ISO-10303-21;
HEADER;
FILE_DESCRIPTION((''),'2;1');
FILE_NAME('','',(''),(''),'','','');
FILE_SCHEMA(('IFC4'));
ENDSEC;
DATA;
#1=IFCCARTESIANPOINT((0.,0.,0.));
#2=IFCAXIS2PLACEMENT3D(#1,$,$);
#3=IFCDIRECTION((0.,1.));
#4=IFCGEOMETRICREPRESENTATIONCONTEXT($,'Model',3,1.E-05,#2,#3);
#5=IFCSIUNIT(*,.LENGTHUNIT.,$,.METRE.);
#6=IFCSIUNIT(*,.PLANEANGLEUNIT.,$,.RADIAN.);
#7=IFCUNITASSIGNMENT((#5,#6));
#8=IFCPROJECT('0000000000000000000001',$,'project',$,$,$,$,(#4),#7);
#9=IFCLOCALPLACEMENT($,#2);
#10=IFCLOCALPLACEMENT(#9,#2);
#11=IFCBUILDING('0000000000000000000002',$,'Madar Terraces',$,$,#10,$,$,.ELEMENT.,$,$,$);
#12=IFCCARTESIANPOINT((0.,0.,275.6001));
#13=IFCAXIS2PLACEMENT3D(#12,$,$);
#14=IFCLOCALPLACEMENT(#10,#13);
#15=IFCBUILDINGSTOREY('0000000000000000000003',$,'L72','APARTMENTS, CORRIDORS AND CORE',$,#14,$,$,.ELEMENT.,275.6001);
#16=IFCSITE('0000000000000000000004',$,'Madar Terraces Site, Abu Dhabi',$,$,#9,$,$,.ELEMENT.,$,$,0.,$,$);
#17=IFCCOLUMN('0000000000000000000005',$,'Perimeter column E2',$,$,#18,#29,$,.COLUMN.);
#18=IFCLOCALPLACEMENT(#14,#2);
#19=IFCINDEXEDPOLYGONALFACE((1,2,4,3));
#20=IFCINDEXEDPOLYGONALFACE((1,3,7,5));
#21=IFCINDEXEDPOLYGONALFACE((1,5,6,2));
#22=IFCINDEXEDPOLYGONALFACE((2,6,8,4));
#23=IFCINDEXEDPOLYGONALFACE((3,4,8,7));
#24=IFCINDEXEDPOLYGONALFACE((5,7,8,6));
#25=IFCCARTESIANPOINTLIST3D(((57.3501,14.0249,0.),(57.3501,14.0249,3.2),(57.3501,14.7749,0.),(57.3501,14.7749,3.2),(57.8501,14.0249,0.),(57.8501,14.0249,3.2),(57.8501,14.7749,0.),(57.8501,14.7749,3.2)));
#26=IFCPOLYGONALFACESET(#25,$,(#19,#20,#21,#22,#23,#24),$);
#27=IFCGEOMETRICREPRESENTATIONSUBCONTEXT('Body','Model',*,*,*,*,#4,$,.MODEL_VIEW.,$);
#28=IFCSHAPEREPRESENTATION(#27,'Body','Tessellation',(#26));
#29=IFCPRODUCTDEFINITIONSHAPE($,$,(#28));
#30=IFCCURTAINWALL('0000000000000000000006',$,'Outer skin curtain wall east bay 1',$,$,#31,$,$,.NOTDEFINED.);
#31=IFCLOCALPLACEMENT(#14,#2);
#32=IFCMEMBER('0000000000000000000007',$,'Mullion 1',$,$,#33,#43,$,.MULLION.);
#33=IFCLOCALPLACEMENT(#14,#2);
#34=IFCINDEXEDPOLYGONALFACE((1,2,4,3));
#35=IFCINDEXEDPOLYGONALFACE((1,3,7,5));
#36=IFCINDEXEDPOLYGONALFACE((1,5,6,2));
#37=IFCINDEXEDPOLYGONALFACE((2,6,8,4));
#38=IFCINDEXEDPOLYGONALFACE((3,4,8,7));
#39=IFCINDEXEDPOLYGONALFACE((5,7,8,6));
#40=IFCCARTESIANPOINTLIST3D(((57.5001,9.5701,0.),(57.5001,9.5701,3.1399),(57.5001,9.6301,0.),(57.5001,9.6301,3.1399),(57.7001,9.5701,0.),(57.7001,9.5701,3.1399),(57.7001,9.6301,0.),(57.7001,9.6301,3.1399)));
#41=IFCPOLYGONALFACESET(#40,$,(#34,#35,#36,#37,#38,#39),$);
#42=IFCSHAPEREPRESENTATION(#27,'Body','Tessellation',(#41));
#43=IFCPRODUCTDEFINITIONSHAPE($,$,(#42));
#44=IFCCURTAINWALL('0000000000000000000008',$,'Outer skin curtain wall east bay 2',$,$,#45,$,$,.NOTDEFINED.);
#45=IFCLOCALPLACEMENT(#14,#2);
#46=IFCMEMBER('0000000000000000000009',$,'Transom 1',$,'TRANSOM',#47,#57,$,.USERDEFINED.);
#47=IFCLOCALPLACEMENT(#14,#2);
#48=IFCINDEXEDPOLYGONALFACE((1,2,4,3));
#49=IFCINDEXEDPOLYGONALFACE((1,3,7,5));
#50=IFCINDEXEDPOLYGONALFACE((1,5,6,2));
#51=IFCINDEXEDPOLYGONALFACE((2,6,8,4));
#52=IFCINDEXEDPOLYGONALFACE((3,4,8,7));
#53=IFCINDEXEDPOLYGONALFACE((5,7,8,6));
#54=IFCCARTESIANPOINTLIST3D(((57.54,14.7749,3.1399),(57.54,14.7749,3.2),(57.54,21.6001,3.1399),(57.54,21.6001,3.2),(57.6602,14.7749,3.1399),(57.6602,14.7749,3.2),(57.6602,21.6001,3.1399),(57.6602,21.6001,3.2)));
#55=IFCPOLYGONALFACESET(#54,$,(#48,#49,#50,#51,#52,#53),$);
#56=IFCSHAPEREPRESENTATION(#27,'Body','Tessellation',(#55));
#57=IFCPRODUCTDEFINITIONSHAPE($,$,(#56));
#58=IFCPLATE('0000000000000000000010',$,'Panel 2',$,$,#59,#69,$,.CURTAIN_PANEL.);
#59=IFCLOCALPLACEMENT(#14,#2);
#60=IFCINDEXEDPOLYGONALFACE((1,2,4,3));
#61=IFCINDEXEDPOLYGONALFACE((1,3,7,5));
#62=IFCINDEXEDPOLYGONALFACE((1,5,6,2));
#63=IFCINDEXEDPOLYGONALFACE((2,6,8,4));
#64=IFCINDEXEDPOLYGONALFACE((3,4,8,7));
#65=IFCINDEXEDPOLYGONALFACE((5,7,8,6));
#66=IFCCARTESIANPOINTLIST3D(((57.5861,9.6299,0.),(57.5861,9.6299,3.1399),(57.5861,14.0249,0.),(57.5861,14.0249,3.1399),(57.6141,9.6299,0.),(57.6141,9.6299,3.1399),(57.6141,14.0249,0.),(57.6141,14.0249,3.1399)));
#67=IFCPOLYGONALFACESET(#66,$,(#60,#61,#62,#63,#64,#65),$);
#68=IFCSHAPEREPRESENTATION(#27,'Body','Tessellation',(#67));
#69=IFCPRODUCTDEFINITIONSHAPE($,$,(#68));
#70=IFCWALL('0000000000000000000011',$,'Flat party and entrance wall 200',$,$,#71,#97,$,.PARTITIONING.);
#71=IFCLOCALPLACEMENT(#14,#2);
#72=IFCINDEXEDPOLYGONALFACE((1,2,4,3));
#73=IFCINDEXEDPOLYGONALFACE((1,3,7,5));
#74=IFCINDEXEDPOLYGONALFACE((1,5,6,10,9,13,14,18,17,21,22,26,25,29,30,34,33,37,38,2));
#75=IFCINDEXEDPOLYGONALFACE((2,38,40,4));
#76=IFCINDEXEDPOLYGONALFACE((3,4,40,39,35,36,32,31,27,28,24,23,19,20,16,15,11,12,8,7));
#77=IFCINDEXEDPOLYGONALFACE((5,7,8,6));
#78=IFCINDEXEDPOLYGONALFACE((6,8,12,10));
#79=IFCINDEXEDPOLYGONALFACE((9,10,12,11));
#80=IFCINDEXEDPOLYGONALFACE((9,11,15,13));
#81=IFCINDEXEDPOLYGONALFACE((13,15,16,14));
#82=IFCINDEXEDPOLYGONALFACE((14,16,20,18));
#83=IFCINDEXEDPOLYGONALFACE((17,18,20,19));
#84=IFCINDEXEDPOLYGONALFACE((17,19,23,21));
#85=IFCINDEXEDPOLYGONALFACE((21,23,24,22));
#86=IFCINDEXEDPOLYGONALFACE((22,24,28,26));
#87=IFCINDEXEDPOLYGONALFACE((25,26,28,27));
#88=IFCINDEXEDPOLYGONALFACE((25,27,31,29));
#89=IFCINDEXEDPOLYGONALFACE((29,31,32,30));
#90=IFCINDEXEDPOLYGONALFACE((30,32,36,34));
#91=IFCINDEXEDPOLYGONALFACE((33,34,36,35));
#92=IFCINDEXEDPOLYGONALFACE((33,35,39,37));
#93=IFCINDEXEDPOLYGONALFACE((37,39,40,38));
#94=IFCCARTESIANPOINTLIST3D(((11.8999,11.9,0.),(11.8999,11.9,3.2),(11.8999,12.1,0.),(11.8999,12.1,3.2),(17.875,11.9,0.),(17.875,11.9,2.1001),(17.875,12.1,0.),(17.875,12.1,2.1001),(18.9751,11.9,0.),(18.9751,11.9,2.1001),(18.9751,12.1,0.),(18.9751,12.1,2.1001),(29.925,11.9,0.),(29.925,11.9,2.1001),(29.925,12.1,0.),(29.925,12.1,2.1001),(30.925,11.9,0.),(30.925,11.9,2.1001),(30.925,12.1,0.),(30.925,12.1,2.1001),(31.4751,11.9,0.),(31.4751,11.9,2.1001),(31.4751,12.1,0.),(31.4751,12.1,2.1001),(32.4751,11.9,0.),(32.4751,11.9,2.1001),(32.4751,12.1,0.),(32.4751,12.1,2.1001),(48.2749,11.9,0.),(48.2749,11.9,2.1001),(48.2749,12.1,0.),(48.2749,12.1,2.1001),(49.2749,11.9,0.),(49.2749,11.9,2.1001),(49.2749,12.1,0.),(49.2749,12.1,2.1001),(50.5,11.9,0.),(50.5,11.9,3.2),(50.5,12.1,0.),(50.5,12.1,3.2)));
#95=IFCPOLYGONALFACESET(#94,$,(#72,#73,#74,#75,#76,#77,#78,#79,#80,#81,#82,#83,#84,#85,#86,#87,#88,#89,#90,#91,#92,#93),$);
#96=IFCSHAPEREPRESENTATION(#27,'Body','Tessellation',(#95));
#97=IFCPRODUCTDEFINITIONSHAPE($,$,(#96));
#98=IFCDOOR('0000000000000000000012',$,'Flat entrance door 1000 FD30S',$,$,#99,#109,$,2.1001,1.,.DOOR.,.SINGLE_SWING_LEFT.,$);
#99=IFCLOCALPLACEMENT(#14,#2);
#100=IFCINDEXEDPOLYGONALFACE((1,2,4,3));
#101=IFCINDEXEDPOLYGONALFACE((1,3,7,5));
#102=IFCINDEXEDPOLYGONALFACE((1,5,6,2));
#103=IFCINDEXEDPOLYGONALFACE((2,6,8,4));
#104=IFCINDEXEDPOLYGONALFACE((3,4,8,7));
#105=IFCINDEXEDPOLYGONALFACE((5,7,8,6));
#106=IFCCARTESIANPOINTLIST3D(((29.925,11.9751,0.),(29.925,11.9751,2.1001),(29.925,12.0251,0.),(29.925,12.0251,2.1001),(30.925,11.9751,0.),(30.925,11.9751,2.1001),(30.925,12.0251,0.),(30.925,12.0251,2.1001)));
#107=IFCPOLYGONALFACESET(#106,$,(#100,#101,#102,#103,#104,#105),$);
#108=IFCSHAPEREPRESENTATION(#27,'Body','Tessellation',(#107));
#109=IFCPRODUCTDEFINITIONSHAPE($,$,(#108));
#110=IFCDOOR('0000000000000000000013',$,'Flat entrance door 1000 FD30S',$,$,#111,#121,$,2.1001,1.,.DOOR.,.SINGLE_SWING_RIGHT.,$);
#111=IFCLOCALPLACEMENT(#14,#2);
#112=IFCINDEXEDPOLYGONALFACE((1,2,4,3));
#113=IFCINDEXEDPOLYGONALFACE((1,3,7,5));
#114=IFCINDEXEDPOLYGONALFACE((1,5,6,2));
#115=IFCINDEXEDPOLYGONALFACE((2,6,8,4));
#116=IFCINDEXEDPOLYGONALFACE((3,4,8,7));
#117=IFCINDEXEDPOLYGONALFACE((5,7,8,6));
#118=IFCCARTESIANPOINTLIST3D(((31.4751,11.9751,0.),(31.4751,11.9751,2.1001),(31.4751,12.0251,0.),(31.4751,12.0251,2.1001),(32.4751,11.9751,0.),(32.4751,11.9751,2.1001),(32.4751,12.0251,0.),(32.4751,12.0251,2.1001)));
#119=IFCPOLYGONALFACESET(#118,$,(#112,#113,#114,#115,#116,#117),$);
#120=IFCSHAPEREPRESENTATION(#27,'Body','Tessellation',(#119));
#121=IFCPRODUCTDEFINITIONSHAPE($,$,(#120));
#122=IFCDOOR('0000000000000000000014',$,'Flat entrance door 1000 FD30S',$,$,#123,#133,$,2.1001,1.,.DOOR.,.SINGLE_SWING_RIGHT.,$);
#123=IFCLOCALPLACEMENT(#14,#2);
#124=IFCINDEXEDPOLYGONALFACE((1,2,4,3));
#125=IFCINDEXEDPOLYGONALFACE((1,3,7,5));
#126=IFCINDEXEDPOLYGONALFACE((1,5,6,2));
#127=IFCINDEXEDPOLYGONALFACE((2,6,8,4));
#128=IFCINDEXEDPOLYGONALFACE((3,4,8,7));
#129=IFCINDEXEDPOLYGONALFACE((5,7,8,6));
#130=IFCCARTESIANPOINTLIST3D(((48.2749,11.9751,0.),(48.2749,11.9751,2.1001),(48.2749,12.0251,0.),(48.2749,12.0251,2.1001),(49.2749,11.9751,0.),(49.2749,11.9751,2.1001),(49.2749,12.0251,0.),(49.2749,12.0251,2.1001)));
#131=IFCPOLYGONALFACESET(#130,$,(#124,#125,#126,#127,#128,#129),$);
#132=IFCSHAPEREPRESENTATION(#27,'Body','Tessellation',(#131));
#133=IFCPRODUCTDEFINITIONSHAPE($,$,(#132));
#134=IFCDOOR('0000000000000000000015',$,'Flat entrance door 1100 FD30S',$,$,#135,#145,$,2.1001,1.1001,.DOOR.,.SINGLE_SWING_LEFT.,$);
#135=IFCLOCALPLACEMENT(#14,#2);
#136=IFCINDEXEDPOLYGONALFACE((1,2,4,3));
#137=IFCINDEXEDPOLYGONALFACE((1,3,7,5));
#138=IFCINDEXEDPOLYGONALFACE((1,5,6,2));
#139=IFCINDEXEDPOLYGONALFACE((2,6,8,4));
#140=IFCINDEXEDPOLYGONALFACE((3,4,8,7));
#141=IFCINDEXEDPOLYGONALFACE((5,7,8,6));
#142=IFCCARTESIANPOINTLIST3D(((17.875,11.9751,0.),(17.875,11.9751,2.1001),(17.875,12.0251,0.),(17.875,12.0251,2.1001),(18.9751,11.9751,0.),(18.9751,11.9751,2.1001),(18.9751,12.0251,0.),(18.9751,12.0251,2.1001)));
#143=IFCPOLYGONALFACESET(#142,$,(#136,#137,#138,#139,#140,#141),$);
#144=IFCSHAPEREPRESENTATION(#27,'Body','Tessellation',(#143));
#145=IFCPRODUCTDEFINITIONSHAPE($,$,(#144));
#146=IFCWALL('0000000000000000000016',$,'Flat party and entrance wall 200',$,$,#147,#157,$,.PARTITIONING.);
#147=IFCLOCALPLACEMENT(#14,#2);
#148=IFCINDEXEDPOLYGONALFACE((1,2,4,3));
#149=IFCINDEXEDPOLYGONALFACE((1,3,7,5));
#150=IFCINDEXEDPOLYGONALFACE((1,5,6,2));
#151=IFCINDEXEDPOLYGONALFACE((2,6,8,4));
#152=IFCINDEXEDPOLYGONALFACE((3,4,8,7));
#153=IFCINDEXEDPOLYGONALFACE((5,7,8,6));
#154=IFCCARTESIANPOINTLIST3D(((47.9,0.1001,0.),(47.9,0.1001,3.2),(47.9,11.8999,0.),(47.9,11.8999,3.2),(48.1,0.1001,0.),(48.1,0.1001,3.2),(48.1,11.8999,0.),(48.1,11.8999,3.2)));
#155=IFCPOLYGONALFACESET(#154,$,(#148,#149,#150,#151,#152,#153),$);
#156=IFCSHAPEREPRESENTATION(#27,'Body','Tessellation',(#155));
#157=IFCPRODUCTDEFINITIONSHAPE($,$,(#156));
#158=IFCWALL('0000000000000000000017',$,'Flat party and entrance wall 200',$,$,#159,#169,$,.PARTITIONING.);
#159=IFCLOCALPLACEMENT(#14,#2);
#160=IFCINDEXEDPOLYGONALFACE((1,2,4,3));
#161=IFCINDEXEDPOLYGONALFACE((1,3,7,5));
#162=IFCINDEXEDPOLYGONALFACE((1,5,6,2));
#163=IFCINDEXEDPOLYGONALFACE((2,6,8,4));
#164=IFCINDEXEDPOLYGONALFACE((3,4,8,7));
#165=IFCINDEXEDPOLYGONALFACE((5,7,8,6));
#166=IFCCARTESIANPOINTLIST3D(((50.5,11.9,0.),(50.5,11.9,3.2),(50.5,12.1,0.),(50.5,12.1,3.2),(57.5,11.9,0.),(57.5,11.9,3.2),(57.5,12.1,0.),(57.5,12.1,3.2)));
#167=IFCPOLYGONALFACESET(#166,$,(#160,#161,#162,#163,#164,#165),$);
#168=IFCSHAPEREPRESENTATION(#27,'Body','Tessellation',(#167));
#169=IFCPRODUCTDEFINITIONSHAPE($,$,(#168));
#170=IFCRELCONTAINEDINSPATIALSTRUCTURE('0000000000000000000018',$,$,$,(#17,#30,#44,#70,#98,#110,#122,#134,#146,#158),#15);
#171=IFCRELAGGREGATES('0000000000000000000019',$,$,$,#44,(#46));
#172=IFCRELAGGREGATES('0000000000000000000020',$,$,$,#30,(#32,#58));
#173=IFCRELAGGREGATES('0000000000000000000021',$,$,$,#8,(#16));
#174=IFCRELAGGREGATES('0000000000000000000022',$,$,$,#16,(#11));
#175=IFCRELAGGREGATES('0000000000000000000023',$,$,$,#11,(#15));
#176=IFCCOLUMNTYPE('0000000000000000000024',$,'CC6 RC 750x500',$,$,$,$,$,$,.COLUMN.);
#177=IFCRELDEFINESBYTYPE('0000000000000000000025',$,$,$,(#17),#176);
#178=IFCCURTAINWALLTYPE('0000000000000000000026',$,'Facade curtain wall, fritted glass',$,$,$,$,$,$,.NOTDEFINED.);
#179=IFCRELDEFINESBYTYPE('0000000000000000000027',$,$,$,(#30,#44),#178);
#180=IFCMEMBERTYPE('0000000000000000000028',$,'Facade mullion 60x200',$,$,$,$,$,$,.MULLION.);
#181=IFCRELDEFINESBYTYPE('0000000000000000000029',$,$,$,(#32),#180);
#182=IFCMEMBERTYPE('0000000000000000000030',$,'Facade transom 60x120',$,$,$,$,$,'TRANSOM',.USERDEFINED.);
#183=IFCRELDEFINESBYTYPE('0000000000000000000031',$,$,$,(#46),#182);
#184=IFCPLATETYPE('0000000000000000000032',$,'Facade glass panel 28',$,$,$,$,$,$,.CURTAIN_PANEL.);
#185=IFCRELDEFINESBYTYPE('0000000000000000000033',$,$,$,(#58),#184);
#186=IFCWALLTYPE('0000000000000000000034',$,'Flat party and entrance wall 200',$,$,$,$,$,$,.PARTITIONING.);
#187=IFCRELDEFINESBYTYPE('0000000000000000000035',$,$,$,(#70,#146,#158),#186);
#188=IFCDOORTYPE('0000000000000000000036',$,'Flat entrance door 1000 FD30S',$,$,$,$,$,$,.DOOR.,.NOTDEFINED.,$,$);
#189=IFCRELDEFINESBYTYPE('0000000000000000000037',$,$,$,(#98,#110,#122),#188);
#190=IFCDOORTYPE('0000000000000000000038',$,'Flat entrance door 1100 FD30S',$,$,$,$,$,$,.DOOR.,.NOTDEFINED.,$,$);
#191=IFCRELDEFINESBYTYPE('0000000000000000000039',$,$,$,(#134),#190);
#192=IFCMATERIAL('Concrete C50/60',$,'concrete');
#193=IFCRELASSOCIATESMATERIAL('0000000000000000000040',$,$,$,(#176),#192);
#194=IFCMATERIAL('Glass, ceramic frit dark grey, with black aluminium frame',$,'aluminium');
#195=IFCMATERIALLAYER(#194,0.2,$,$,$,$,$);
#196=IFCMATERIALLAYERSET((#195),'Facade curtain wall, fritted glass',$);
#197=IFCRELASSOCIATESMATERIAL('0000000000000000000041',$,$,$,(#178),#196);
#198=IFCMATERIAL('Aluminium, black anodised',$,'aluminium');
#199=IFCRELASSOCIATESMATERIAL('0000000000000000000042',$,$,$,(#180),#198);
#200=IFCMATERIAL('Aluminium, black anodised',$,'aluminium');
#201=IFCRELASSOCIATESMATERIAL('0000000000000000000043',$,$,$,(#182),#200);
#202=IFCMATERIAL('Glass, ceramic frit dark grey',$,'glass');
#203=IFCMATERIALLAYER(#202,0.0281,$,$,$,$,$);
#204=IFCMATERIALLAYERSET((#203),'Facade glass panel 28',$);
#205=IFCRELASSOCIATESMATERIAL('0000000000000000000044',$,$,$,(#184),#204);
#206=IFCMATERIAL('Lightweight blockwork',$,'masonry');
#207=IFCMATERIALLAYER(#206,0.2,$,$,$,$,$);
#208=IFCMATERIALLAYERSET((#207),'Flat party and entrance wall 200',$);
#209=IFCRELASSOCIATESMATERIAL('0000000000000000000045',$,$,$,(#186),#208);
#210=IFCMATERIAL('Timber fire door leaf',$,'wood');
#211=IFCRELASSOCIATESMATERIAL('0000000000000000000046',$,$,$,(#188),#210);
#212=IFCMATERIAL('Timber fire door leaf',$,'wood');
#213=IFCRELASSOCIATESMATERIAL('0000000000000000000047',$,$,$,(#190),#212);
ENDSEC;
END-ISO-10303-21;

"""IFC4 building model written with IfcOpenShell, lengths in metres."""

from ifc_helpers import new_model, si_unit, direction, frame, frame_2d, origin, origin_2d, place, context, subcontext, project, spatial, rectangle, extrude, material, layer, layer_set, material_profile, profile_set, type_object, element, fill, aggregate, save


model = new_model("IFC4")

# Units and contexts
model_context = context("Model", 3, precision=1e-05, world=origin(), true_north=direction((0.0, 1.0)))
body_context = subcontext(model_context, "Body", "Model", "MODEL_VIEW")
ifc_project = project(units=[si_unit("LENGTHUNIT", "METRE"), si_unit("PLANEANGLEUNIT", "RADIAN")], contexts=[model_context])

# Site, building, storey
site_placement = place(None, origin())
site = spatial("IfcSite", under=ifc_project, at=site_placement, Name="Madar Terraces Site, Abu Dhabi", CompositionType="ELEMENT", RefElevation=0.0)
building_placement = place(site_placement, origin())
building = spatial("IfcBuilding", under=site, at=building_placement, Name="Madar Terraces", CompositionType="ELEMENT")
storey_placement = place(building_placement, frame((0.0, 0.0, 275.6001)))
storey = spatial("IfcBuildingStorey", under=building, at=storey_placement, Name="L72", Description="APARTMENTS, CORRIDORS AND CORE", CompositionType="ELEMENT", Elevation=275.6001)

# Column
ifc_material_1 = material(Name="Concrete C50/60", Category="concrete")
ifc_material_profile_1 = material_profile(ifc_material_1, rectangle(XDim=0.75, YDim=0.5, at=origin_2d()), Name="CC6 RC 750x500")
ifc_profile_set_1 = profile_set([ifc_material_profile_1], Name="Concrete C50/60")
column_type = type_object("IfcColumnType", Name="CC6 RC 750x500", PredefinedType="COLUMN", material=ifc_profile_set_1)
column_placement = place(storey_placement, frame((57.6001, 14.3999, 0.0), z_axis=(0.0, 0.0, 1.0), x_axis=(0.0, 1.0, 0.0)))
element("IfcColumn", 1, at=column_placement, inside=storey, type_object=column_type, Name="Perimeter column E2", PredefinedType="COLUMN", context=body_context, shape_type="SweptSolid", body=[
    extrude(rectangle(XDim=0.75, YDim=0.5, at=origin_2d()), origin(), (0.0, 0.0, 1.0), 3.2),
])

# Curtain walls, members
ifc_material_2 = material(Name="Glass, ceramic frit dark grey, with black aluminium frame", Category="aluminium")
ifc_layer_1 = layer(ifc_material_2, 0.2)
ifc_layer_set_1 = layer_set([ifc_layer_1], Name="Facade curtain wall, fritted glass")
curtain_wall_type = type_object("IfcCurtainWallType", Name="Facade curtain wall, fritted glass", PredefinedType="NOTDEFINED", material=ifc_layer_set_1)
curtain_wall_1_placement = place(storey_placement, origin())
curtain_wall_1 = element("IfcCurtainWall", 2, at=curtain_wall_1_placement, inside=storey, type_object=curtain_wall_type, Name="Outer skin curtain wall east bay 1", PredefinedType="NOTDEFINED")
ifc_material_3 = material(Name="Aluminium, black anodised", Category="aluminium")
ifc_material_profile_2 = material_profile(ifc_material_3, rectangle(XDim=0.2, YDim=0.0601, at=origin_2d()), Name="Facade mullion 60x200")
ifc_profile_set_2 = profile_set([ifc_material_profile_2], Name="Aluminium, black anodised")
member_type_1 = type_object("IfcMemberType", Name="Facade mullion 60x200", PredefinedType="MULLION", material=ifc_profile_set_2)
member_1_placement = place(storey_placement, frame((57.6001, 9.6001, 0.0), z_axis=(0.0, 0.0, 1.0), x_axis=(-1.0, 0.0, 0.0)))
member_1 = element("IfcMember", 3, at=member_1_placement, type_object=member_type_1, Name="Mullion 1", PredefinedType="MULLION", context=body_context, shape_type="SweptSolid", body=[
    extrude(rectangle(XDim=0.2, YDim=0.0601, at=origin_2d()), origin(), (0.0, 0.0, 1.0), 3.1399),
])
curtain_wall_2_placement = place(storey_placement, origin())
curtain_wall_2 = element("IfcCurtainWall", 4, at=curtain_wall_2_placement, inside=storey, type_object=curtain_wall_type, Name="Outer skin curtain wall east bay 2", PredefinedType="NOTDEFINED")
ifc_material_4 = material(Name="Aluminium, black anodised", Category="aluminium")
ifc_material_profile_3 = material_profile(ifc_material_4, rectangle(XDim=0.1201, YDim=0.0601, at=origin_2d()), Name="Facade transom 60x120")
ifc_profile_set_3 = profile_set([ifc_material_profile_3], Name="Aluminium, black anodised")
member_type_2 = type_object("IfcMemberType", Name="Facade transom 60x120", ElementType="TRANSOM", PredefinedType="USERDEFINED", material=ifc_profile_set_3)
member_2_placement = place(storey_placement, frame((57.6001, 14.7749, 3.1699), z_axis=(0.0, 1.0, 0.0), x_axis=(-1.0, 0.0, 0.0)))
member_2 = element("IfcMember", 5, at=member_2_placement, type_object=member_type_2, Name="Transom 1", ObjectType="TRANSOM", PredefinedType="USERDEFINED", context=body_context, shape_type="SweptSolid", body=[
    extrude(rectangle(XDim=0.1201, YDim=0.0601, at=origin_2d()), origin(), (0.0, 0.0, 1.0), 6.8252),
])
aggregate(curtain_wall_2, [member_2])

# Plate
ifc_material_5 = material(Name="Glass, ceramic frit dark grey", Category="glass")
ifc_layer_2 = layer(ifc_material_5, 0.0281)
ifc_layer_set_2 = layer_set([ifc_layer_2], Name="Facade glass panel 28")
plate_type = type_object("IfcPlateType", Name="Facade glass panel 28", PredefinedType="CURTAIN_PANEL", material=ifc_layer_set_2)
plate_placement = place(storey_placement, frame((57.6001, 11.8274, 0.0), z_axis=(0.0, 0.0, 1.0), x_axis=(0.0, 1.0, 0.0)))
plate = element("IfcPlate", 6, at=plate_placement, type_object=plate_type, Name="Panel 2", PredefinedType="CURTAIN_PANEL", context=body_context, shape_type="SweptSolid", body=[
    extrude(rectangle(XDim=4.395, YDim=0.0281, at=origin_2d()), origin(), (0.0, 0.0, 1.0), 3.1399),
])
aggregate(curtain_wall_1, [member_1, plate])

# Wall, openings, doors
ifc_material_6 = material(Name="Lightweight blockwork", Category="masonry")
ifc_layer_3 = layer(ifc_material_6, 0.2)
ifc_layer_set_3 = layer_set([ifc_layer_3], Name="Flat party and entrance wall 200")
wall_type_1 = type_object("IfcWallType", Name="Flat party and entrance wall 200", PredefinedType="PARTITIONING", material=ifc_layer_set_3)
wall_1_placement = place(storey_placement, frame((50.5, 12.0, 0.0), z_axis=(0.0, 0.0, 1.0), x_axis=(-1.0, 0.0, 0.0)))
wall_1 = element("IfcWall", 7, at=wall_1_placement, inside=storey, type_object=wall_type_1, Name="Flat party and entrance wall 200", PredefinedType="PARTITIONING", context=body_context, shape_type="SweptSolid", body=[
    extrude(rectangle(XDim=38.6001, YDim=0.2, at=frame_2d((19.3, 0.0))), origin(), (0.0, 0.0, 1.0), 3.2),
])
opening_1_placement = place(wall_1_placement, frame((31.5249, 0.0, 0.0)))
opening_1 = element("IfcOpeningElement", 8, at=opening_1_placement, cuts=wall_1, PredefinedType="OPENING", context=body_context, shape_type="SweptSolid", body=[
    extrude(rectangle(XDim=1.1001, YDim=2.1001, at=frame_2d((0.55, 1.05))), frame((0.0, 0.1099, 0.0), z_axis=(0.0, -1.0, 0.0), x_axis=(1.0, 0.0, 0.0)), (0.0, 0.0, 1.0), 0.22),
])
opening_2_placement = place(wall_1_placement, frame((19.575, 0.0, 0.0)))
opening_2 = element("IfcOpeningElement", 9, at=opening_2_placement, cuts=wall_1, PredefinedType="OPENING", context=body_context, shape_type="SweptSolid", body=[
    extrude(rectangle(XDim=1.0, YDim=2.1001, at=frame_2d((0.5, 1.05))), frame((0.0, 0.1099, 0.0), z_axis=(0.0, -1.0, 0.0), x_axis=(1.0, 0.0, 0.0)), (0.0, 0.0, 1.0), 0.22),
])
opening_3_placement = place(wall_1_placement, frame((18.0249, 0.0, 0.0)))
opening_3 = element("IfcOpeningElement", 10, at=opening_3_placement, cuts=wall_1, PredefinedType="OPENING", context=body_context, shape_type="SweptSolid", body=[
    extrude(rectangle(XDim=1.0, YDim=2.1001, at=frame_2d((0.5, 1.05))), frame((0.0, 0.1099, 0.0), z_axis=(0.0, -1.0, 0.0), x_axis=(1.0, 0.0, 0.0)), (0.0, 0.0, 1.0), 0.22),
])
opening_4_placement = place(wall_1_placement, frame((1.2251, 0.0, 0.0)))
opening_4 = element("IfcOpeningElement", 11, at=opening_4_placement, cuts=wall_1, PredefinedType="OPENING", context=body_context, shape_type="SweptSolid", body=[
    extrude(rectangle(XDim=1.0, YDim=2.1001, at=frame_2d((0.5, 1.05))), frame((0.0, 0.1099, 0.0), z_axis=(0.0, -1.0, 0.0), x_axis=(1.0, 0.0, 0.0)), (0.0, 0.0, 1.0), 0.22),
])
ifc_material_7 = material(Name="Timber fire door leaf", Category="wood")
door_type_1 = type_object("IfcDoorType", Name="Flat entrance door 1000 FD30S", OperationType="NOTDEFINED", PredefinedType="DOOR", material=ifc_material_7)
door_1_placement = place(opening_2_placement, origin())
door_1 = element("IfcDoor", 12, at=door_1_placement, inside=storey, type_object=door_type_1, Name="Flat entrance door 1000 FD30S", OperationType="SINGLE_SWING_LEFT", OverallHeight=2.1001, OverallWidth=1.0, PredefinedType="DOOR", context=body_context, shape_type="SweptSolid", body=[
    extrude(rectangle(XDim=1.0, YDim=2.1001, at=frame_2d((0.5, 1.05))), frame((0.0, 0.0249, 0.0), z_axis=(0.0, -1.0, 0.0), x_axis=(1.0, 0.0, 0.0)), (0.0, 0.0, 1.0), 0.05),
])
fill(opening_2, door_1)
door_2_placement = place(opening_3_placement, origin())
door_2 = element("IfcDoor", 13, at=door_2_placement, inside=storey, type_object=door_type_1, Name="Flat entrance door 1000 FD30S", OperationType="SINGLE_SWING_RIGHT", OverallHeight=2.1001, OverallWidth=1.0, PredefinedType="DOOR", context=body_context, shape_type="SweptSolid", body=[
    extrude(rectangle(XDim=1.0, YDim=2.1001, at=frame_2d((0.5, 1.05))), frame((0.0, 0.0249, 0.0), z_axis=(0.0, -1.0, 0.0), x_axis=(1.0, 0.0, 0.0)), (0.0, 0.0, 1.0), 0.05),
])
fill(opening_3, door_2)
door_3_placement = place(opening_4_placement, origin())
door_3 = element("IfcDoor", 14, at=door_3_placement, inside=storey, type_object=door_type_1, Name="Flat entrance door 1000 FD30S", OperationType="SINGLE_SWING_RIGHT", OverallHeight=2.1001, OverallWidth=1.0, PredefinedType="DOOR", context=body_context, shape_type="SweptSolid", body=[
    extrude(rectangle(XDim=1.0, YDim=2.1001, at=frame_2d((0.5, 1.05))), frame((0.0, 0.0249, 0.0), z_axis=(0.0, -1.0, 0.0), x_axis=(1.0, 0.0, 0.0)), (0.0, 0.0, 1.0), 0.05),
])
fill(opening_4, door_3)
ifc_material_8 = material(Name="Timber fire door leaf", Category="wood")
door_type_2 = type_object("IfcDoorType", Name="Flat entrance door 1100 FD30S", OperationType="NOTDEFINED", PredefinedType="DOOR", material=ifc_material_8)
door_4_placement = place(opening_1_placement, origin())
door_4 = element("IfcDoor", 15, at=door_4_placement, inside=storey, type_object=door_type_2, Name="Flat entrance door 1100 FD30S", OperationType="SINGLE_SWING_LEFT", OverallHeight=2.1001, OverallWidth=1.1001, PredefinedType="DOOR", context=body_context, shape_type="SweptSolid", body=[
    extrude(rectangle(XDim=1.1001, YDim=2.1001, at=frame_2d((0.55, 1.05))), frame((0.0, 0.0249, 0.0), z_axis=(0.0, -1.0, 0.0), x_axis=(1.0, 0.0, 0.0)), (0.0, 0.0, 1.0), 0.05),
])
fill(opening_1, door_4)

# Walls
wall_2_placement = place(storey_placement, frame((48.0, 11.8999, 0.0), z_axis=(0.0, 0.0, 1.0), x_axis=(0.0, -1.0, 0.0)))
element("IfcWall", 16, at=wall_2_placement, inside=storey, type_object=wall_type_1, Name="Flat party and entrance wall 200", PredefinedType="PARTITIONING", context=body_context, shape_type="SweptSolid", body=[
    extrude(rectangle(XDim=11.7998, YDim=0.2, at=frame_2d((5.8999, 0.0))), origin(), (0.0, 0.0, 1.0), 3.2),
])
wall_3_placement = place(storey_placement, frame((50.5, 12.0, 0.0), z_axis=(0.0, 0.0, 1.0), x_axis=(1.0, 0.0, 0.0)))
element("IfcWall", 17, at=wall_3_placement, inside=storey, type_object=wall_type_1, Name="Flat party and entrance wall 200", PredefinedType="PARTITIONING", context=body_context, shape_type="SweptSolid", body=[
    extrude(rectangle(XDim=7.0, YDim=0.2, at=frame_2d((3.5, 0.0))), origin(), (0.0, 0.0, 1.0), 3.2),
])

save(model, "model.ifc")
